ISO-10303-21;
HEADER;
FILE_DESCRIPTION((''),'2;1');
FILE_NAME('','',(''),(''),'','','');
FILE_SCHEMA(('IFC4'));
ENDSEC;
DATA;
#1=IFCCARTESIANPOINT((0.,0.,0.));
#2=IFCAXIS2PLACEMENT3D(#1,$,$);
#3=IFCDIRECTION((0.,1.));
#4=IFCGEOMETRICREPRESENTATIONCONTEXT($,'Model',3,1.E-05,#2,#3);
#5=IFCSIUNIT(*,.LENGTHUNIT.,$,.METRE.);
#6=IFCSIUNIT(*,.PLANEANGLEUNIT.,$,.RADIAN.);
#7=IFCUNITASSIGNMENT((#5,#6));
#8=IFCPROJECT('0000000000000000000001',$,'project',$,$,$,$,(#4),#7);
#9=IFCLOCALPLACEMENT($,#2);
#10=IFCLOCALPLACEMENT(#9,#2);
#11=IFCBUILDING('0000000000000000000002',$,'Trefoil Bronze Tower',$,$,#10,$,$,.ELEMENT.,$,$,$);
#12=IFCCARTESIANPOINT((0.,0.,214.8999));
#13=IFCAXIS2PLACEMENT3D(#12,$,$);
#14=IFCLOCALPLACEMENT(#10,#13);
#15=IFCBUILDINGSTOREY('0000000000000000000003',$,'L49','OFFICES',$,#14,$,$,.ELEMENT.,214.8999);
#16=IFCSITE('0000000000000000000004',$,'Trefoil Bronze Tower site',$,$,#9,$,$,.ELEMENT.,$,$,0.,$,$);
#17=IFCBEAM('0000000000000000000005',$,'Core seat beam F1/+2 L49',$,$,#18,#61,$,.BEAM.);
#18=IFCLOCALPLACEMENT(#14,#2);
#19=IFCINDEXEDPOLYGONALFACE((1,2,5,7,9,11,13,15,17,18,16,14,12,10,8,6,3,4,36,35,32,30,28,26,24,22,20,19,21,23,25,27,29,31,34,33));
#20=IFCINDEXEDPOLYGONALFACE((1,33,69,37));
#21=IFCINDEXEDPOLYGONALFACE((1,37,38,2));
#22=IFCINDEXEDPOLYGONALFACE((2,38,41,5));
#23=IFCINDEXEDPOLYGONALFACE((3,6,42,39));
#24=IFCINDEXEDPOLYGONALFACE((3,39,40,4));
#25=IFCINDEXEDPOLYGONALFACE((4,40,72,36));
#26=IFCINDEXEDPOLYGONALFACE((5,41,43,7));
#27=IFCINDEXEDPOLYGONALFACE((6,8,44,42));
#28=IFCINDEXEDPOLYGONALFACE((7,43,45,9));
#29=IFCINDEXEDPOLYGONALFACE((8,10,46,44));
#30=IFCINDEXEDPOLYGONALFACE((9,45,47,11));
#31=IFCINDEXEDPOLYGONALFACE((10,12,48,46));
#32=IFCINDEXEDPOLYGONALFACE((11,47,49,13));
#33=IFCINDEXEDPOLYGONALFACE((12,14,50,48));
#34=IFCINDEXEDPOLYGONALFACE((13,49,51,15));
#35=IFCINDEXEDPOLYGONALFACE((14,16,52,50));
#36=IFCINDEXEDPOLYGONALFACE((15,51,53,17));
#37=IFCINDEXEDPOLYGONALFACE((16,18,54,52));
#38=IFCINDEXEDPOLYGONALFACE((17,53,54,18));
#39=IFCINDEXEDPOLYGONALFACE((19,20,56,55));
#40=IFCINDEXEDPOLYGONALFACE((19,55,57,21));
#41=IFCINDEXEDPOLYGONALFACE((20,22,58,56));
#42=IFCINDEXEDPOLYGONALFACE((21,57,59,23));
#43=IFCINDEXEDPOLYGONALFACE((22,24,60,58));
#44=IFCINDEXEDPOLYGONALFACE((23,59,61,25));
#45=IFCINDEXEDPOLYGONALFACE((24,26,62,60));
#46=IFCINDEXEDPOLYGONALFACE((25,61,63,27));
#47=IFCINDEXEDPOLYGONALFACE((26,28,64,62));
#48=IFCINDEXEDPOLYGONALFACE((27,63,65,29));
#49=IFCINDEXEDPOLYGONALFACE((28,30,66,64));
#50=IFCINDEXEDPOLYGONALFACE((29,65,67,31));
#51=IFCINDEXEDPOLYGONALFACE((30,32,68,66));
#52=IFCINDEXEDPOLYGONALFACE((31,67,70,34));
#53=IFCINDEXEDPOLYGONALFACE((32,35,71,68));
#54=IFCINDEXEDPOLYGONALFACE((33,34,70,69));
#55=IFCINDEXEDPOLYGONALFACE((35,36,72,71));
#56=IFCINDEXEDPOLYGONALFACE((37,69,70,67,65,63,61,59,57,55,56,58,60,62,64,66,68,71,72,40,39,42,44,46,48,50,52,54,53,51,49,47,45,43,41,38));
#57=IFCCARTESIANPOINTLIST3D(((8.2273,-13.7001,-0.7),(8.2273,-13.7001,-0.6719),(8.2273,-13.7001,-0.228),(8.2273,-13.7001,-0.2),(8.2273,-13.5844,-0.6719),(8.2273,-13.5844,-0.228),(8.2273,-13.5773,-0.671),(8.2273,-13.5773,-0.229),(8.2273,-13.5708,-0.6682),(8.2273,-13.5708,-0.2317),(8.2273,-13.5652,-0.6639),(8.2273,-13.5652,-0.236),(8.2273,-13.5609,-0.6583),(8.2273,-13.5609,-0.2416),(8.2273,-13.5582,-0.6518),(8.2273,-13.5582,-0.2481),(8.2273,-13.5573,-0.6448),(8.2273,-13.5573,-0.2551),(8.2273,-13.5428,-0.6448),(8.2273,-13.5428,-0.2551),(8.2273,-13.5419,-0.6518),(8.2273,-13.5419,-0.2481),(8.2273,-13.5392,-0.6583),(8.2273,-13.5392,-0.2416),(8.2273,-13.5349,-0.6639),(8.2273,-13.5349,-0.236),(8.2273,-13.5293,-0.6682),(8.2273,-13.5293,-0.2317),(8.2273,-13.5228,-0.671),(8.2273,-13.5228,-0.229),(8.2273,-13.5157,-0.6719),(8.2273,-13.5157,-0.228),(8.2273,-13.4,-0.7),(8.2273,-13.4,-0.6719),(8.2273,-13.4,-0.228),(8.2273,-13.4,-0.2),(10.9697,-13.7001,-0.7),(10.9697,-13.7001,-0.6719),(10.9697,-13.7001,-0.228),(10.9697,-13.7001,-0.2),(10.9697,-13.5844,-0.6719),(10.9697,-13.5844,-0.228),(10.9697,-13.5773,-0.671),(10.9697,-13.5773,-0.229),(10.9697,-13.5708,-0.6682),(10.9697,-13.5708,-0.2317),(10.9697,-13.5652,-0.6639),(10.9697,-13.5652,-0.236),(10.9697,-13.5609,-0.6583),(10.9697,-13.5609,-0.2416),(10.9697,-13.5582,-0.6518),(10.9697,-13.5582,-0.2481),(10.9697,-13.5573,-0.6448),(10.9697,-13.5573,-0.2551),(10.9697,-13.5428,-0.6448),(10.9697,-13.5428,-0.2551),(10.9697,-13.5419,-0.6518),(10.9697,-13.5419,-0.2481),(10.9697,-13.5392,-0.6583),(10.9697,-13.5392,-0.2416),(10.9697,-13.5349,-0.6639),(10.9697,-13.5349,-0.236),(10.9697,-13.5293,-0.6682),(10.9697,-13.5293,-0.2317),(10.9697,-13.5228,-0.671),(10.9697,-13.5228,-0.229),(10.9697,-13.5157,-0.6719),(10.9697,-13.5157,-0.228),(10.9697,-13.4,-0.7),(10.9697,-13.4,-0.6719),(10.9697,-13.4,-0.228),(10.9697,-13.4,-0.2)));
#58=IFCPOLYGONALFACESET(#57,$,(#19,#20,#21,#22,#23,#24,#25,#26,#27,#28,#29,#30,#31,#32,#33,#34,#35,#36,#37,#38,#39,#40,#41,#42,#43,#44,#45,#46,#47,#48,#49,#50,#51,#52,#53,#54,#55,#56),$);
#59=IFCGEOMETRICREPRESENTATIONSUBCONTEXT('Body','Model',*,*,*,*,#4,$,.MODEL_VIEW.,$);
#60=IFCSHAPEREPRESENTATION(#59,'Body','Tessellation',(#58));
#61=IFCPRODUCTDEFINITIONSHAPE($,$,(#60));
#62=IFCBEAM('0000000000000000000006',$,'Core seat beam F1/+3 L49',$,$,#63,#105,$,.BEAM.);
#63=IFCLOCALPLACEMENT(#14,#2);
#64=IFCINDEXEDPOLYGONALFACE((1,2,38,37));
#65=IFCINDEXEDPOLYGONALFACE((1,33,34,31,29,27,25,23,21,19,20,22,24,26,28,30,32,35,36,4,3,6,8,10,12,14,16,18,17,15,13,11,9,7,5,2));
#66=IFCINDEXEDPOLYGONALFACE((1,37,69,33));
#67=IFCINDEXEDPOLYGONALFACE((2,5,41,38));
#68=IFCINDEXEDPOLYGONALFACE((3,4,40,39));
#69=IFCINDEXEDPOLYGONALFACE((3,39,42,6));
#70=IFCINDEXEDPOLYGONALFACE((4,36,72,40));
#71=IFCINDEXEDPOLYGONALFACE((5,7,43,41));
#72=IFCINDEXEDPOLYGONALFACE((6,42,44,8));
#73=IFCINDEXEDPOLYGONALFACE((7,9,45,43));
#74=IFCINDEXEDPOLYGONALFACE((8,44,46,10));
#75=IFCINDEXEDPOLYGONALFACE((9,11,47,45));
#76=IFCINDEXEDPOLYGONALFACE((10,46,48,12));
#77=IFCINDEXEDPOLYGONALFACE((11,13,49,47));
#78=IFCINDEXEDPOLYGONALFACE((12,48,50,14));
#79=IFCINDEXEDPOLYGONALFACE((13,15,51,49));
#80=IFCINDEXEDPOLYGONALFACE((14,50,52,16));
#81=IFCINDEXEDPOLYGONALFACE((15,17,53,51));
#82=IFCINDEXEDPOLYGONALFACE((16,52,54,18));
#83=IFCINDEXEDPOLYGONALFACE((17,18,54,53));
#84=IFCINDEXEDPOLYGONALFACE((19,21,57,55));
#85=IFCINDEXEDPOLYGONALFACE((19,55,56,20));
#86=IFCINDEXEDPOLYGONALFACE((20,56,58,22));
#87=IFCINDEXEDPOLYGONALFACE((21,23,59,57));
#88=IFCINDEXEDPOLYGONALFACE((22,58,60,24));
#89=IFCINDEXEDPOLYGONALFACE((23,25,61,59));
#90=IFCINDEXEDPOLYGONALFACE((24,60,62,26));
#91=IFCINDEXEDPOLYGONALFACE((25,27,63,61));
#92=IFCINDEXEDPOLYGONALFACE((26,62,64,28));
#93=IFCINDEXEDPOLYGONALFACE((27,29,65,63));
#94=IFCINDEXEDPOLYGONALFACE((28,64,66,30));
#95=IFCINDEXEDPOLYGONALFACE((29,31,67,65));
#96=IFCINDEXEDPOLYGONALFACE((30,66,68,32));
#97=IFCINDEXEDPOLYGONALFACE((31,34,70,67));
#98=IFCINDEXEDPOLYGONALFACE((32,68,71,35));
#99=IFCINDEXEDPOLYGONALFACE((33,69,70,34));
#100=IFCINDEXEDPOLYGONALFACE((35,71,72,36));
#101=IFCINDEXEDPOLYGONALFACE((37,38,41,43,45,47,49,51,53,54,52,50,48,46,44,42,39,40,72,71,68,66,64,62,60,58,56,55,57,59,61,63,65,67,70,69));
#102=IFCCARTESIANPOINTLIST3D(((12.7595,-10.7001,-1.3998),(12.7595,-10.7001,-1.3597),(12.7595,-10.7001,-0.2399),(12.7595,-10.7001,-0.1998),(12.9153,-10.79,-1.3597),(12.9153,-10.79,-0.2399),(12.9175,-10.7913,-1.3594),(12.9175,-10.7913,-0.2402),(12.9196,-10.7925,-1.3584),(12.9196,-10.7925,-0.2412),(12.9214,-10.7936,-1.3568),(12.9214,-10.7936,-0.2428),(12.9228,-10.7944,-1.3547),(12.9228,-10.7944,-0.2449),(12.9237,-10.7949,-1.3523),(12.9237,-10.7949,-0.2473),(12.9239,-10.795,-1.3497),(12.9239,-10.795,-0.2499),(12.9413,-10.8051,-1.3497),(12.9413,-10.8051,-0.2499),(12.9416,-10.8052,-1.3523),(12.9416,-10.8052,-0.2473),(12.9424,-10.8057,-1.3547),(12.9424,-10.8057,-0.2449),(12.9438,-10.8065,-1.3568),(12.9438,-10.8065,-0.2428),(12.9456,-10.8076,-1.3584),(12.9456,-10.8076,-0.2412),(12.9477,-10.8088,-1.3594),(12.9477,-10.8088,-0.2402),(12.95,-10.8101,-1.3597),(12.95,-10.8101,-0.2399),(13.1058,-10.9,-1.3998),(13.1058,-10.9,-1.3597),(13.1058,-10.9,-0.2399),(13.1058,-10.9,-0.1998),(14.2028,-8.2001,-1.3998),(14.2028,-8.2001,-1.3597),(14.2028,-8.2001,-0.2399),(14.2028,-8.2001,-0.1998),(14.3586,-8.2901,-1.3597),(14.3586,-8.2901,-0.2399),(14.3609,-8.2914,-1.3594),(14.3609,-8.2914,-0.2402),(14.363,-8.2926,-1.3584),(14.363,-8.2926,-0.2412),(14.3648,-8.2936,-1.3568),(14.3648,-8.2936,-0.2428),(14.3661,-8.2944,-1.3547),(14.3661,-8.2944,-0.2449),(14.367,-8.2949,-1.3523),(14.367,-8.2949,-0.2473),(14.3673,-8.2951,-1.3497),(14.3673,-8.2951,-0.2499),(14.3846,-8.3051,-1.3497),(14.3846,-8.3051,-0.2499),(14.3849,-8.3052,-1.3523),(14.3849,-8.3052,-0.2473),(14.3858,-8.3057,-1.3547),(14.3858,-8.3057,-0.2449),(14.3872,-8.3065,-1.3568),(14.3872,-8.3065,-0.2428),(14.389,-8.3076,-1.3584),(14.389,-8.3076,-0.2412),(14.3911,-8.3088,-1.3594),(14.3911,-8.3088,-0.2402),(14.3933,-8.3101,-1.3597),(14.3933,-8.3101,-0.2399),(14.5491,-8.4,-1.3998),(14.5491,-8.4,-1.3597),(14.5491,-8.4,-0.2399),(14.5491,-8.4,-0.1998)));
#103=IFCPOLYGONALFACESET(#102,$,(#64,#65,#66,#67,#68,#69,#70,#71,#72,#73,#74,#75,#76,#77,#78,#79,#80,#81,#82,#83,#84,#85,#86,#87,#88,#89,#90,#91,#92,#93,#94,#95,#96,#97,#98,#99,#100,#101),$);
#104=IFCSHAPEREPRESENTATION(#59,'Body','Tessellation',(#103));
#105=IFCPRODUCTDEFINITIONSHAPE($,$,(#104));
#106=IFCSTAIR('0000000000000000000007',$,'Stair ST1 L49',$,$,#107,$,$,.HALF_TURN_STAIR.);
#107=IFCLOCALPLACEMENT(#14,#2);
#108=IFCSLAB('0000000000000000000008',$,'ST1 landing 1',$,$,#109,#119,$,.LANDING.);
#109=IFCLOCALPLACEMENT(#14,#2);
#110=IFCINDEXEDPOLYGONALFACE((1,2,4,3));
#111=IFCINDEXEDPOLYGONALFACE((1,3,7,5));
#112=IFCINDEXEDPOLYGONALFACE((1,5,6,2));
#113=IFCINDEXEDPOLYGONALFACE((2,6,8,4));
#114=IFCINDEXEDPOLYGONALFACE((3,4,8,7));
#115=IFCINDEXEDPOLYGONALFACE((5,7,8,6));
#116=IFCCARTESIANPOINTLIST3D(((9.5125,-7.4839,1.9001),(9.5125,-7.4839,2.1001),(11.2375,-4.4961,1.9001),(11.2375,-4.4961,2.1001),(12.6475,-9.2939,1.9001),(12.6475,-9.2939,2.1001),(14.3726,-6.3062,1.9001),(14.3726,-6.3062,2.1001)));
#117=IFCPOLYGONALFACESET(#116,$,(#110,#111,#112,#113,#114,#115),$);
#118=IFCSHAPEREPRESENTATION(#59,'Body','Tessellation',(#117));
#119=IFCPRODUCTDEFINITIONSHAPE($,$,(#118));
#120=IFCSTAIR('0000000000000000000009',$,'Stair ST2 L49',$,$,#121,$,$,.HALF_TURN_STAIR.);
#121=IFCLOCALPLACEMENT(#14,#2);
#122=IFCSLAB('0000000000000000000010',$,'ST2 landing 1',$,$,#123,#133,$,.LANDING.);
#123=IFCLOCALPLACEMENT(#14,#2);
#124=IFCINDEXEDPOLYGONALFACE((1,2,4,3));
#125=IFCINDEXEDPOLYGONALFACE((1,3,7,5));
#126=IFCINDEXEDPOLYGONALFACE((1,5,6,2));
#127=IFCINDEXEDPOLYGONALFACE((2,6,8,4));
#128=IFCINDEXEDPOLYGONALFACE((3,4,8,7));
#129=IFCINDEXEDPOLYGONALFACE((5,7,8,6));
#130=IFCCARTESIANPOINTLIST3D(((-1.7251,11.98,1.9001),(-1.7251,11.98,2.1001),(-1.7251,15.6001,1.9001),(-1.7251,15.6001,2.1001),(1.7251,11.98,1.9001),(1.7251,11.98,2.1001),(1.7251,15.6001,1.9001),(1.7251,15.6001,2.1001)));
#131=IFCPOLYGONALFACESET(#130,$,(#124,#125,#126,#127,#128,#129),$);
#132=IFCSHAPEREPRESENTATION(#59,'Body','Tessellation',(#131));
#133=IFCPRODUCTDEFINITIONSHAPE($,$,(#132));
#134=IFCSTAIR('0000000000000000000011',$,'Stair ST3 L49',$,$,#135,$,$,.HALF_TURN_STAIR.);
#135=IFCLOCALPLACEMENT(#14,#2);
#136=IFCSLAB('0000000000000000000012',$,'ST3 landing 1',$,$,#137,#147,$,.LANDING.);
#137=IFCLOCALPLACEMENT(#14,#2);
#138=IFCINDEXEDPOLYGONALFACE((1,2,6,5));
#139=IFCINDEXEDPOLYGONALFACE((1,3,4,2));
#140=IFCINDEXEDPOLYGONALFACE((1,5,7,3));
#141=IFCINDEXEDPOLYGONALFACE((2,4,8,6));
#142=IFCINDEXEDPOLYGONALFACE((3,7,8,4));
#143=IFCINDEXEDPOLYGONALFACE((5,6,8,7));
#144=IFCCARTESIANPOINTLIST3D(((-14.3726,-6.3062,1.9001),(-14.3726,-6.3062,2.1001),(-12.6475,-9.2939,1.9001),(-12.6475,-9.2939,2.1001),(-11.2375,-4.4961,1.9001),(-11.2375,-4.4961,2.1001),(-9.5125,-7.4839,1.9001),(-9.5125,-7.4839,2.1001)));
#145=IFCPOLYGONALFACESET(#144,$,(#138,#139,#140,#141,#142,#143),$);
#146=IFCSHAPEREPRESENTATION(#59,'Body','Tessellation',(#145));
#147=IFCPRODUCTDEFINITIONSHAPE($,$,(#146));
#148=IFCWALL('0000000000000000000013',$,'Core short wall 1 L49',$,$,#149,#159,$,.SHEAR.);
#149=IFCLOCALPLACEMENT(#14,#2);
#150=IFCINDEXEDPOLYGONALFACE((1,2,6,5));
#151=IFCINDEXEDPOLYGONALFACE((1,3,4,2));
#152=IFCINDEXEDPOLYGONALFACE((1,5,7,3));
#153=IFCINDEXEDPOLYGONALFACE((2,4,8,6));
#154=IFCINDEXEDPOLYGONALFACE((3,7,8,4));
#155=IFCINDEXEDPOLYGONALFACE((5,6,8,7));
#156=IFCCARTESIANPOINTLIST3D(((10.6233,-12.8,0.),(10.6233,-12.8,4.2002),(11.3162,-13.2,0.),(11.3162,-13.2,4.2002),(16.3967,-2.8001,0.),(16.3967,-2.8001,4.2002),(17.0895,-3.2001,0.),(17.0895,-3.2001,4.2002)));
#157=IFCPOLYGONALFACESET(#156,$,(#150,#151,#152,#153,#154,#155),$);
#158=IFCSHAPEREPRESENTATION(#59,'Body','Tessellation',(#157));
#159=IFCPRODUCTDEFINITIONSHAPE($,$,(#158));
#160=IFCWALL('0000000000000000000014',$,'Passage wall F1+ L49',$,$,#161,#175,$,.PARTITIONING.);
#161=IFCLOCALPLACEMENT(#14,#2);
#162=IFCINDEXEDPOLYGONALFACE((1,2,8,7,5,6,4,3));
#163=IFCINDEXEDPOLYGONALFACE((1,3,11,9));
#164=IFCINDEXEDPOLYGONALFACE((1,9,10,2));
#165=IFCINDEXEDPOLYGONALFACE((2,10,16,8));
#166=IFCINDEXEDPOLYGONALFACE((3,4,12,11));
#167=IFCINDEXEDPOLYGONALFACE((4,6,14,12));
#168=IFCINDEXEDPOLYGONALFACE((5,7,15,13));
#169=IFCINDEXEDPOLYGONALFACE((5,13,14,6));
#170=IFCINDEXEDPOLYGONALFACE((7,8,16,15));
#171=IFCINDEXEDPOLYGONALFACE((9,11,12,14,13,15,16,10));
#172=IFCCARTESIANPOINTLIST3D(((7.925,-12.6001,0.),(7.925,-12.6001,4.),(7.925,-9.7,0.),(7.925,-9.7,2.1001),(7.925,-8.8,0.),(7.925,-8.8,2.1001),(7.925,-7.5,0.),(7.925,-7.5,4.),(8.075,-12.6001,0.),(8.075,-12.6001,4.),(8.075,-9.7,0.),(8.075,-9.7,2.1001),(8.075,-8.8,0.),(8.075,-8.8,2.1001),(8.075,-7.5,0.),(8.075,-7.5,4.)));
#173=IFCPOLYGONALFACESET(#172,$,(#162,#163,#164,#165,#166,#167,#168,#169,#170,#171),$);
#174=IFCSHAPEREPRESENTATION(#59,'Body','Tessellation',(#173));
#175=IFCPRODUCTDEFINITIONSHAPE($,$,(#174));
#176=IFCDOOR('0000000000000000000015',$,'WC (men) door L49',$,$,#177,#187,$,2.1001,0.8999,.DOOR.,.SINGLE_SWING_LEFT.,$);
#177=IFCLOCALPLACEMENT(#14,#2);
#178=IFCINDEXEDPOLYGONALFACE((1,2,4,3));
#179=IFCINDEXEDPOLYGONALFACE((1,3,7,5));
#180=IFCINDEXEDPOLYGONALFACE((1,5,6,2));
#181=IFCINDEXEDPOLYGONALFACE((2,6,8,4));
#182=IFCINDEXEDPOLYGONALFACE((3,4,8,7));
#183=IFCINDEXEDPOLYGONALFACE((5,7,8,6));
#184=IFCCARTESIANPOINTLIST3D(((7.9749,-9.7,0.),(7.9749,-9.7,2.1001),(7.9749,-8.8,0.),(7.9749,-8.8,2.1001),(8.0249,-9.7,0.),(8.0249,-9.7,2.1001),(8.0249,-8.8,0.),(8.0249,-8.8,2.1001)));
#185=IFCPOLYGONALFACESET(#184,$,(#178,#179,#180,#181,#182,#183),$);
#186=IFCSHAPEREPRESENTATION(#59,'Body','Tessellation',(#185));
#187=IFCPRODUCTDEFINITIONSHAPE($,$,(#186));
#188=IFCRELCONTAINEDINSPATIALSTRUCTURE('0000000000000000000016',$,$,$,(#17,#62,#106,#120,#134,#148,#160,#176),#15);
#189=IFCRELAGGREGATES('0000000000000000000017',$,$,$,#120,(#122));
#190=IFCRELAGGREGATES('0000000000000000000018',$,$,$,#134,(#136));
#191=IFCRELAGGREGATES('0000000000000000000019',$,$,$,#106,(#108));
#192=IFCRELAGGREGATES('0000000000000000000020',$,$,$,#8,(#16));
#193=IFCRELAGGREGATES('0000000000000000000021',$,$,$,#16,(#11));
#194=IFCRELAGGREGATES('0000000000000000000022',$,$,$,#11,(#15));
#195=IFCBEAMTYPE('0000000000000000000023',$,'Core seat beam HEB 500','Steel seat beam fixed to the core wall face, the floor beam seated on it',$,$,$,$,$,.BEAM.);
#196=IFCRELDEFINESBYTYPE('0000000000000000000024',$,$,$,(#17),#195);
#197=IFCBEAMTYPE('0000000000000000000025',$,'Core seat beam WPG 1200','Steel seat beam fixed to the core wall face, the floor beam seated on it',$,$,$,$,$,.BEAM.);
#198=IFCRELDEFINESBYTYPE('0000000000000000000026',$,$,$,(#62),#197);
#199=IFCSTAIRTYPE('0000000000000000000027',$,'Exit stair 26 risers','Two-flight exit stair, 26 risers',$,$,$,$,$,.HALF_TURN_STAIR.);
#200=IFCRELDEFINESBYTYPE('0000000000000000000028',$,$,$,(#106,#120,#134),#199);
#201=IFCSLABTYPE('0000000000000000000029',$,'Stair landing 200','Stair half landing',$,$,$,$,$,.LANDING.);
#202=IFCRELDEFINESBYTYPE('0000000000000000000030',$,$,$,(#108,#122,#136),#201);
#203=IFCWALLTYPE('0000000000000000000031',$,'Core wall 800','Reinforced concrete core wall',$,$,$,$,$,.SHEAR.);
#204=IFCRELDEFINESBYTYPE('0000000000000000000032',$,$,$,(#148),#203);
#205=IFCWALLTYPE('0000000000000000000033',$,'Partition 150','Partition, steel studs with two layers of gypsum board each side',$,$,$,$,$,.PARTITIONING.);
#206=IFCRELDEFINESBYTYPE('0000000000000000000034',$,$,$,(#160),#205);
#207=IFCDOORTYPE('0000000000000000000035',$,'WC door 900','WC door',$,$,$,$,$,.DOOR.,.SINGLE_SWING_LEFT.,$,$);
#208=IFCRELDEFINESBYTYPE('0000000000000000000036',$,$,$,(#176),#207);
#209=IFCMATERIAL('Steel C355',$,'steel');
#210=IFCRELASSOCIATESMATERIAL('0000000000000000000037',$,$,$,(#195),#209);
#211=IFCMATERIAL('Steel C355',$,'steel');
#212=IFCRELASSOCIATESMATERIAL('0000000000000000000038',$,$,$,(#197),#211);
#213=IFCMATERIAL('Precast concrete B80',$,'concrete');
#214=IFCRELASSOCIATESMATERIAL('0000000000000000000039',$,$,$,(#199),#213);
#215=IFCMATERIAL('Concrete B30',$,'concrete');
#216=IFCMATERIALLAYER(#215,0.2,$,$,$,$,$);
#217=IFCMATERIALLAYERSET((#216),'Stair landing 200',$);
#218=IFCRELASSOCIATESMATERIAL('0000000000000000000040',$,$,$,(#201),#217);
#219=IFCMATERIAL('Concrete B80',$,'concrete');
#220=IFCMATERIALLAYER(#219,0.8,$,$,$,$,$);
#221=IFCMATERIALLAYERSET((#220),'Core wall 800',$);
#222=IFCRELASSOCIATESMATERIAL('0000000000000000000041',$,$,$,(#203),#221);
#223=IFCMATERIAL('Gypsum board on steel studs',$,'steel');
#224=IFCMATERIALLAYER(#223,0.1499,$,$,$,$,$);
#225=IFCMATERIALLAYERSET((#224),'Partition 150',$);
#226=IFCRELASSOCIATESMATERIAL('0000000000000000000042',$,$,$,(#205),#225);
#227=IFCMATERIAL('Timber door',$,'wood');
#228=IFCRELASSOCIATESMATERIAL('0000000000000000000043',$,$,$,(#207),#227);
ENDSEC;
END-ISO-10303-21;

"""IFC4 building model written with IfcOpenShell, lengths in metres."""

from ifc_helpers import new_model, si_unit, direction, frame, frame_2d, origin, origin_2d, place, context, subcontext, project, spatial, polyline, rectangle, i_section, outline, extrude, material, layer, layer_set, material_profile, profile_set, type_object, element, fill, aggregate, save


model = new_model("IFC4")

# Units and contexts
model_context = context("Model", 3, precision=1e-05, world=origin(), true_north=direction((0.0, 1.0)))
body_context = subcontext(model_context, "Body", "Model", "MODEL_VIEW")
ifc_project = project(units=[si_unit("LENGTHUNIT", "METRE"), si_unit("PLANEANGLEUNIT", "RADIAN")], contexts=[model_context])

# Site, building, storey
site_placement = place(None, origin())
site = spatial("IfcSite", under=ifc_project, at=site_placement, Name="Trefoil Bronze Tower site", CompositionType="ELEMENT", RefElevation=0.0)
building_placement = place(site_placement, origin())
building = spatial("IfcBuilding", under=site, at=building_placement, Name="Trefoil Bronze Tower", CompositionType="ELEMENT")
storey_placement = place(building_placement, frame((0.0, 0.0, 214.8999)))
storey = spatial("IfcBuildingStorey", under=building, at=storey_placement, Name="L49", Description="OFFICES", CompositionType="ELEMENT", Elevation=214.8999)

# Beams
ifc_material_1 = material(Name="Steel C355", Category="steel")
ifc_material_profile_1 = material_profile(ifc_material_1, i_section(OverallWidth=0.3, OverallDepth=0.5, WebThickness=0.0144, FlangeThickness=0.0281, FilletRadius=0.0271, at=origin_2d()), Name="HEB 500")
ifc_profile_set_1 = profile_set([ifc_material_profile_1], Name="Steel C355")
beam_type_1 = type_object("IfcBeamType", Name="Core seat beam HEB 500", Description="Steel seat beam fixed to the core wall face, the floor beam seated on it", PredefinedType="BEAM", material=ifc_profile_set_1)
beam_1_placement = place(storey_placement, frame((8.2273, -13.55, -0.45), z_axis=(1.0, 0.0, 0.0), x_axis=(0.0, 1.0, 0.0)))
element("IfcBeam", 1, at=beam_1_placement, inside=storey, type_object=beam_type_1, Name="Core seat beam F1/+2 L49", PredefinedType="BEAM", context=body_context, shape_type="SweptSolid", body=[
    extrude(i_section(OverallWidth=0.3, OverallDepth=0.5, WebThickness=0.0144, FlangeThickness=0.0281, FilletRadius=0.0271, at=origin_2d()), origin(), (0.0, 0.0, 1.0), 2.7424),
])
ifc_material_2 = material(Name="Steel C355", Category="steel")
ifc_material_profile_2 = material_profile(ifc_material_2, i_section(OverallWidth=0.3999, OverallDepth=1.2, WebThickness=0.02, FlangeThickness=0.04, FilletRadius=0.01, at=origin_2d()), Name="WPG 1200")
ifc_profile_set_2 = profile_set([ifc_material_profile_2], Name="Steel C355")
beam_type_2 = type_object("IfcBeamType", Name="Core seat beam WPG 1200", Description="Steel seat beam fixed to the core wall face, the floor beam seated on it", PredefinedType="BEAM", material=ifc_profile_set_2)
beam_2_placement = place(storey_placement, frame((12.9326, -10.8, -0.7998), z_axis=(0.499996, 0.866028, 0.0), x_axis=(-0.866028, 0.499996, 0.0)))
element("IfcBeam", 2, at=beam_2_placement, inside=storey, type_object=beam_type_2, Name="Core seat beam F1/+3 L49", PredefinedType="BEAM", context=body_context, shape_type="SweptSolid", body=[
    extrude(i_section(OverallWidth=0.3999, OverallDepth=1.2, WebThickness=0.02, FlangeThickness=0.04, FilletRadius=0.01, at=origin_2d()), origin(), (0.0, 0.0, 1.0), 2.8867),
])

# Stairs, slabs
ifc_material_3 = material(Name="Precast concrete B80", Category="concrete")
stair_type = type_object("IfcStairType", Name="Exit stair 26 risers", Description="Two-flight exit stair, 26 risers", PredefinedType="HALF_TURN_STAIR", material=ifc_material_3)
stair_1_placement = place(storey_placement, origin())
stair_1 = element("IfcStair", 3, at=stair_1_placement, inside=storey, type_object=stair_type, Name="Stair ST1 L49", PredefinedType="HALF_TURN_STAIR")
ifc_material_4 = material(Name="Concrete B30", Category="concrete")
ifc_layer_1 = layer(ifc_material_4, 0.2)
ifc_layer_set_1 = layer_set([ifc_layer_1], Name="Stair landing 200")
slab_type = type_object("IfcSlabType", Name="Stair landing 200", Description="Stair half landing", PredefinedType="LANDING", material=ifc_layer_set_1)
slab_1_placement = place(storey_placement, frame((0.0, 0.0, 1.9001)))
slab_1 = element("IfcSlab", 4, at=slab_1_placement, type_object=slab_type, Name="ST1 landing 1", PredefinedType="LANDING", context=body_context, shape_type="SweptSolid", body=[
    extrude(outline(polyline([(9.5125, -7.4839), (12.6475, -9.2939), (14.3726, -6.3062), (11.2375, -4.4961), (9.5125, -7.4839)])), origin(), (0.0, 0.0, 1.0), 0.2),
])
stair_2_placement = place(storey_placement, origin())
stair_2 = element("IfcStair", 5, at=stair_2_placement, inside=storey, type_object=stair_type, Name="Stair ST2 L49", PredefinedType="HALF_TURN_STAIR")
slab_2_placement = place(storey_placement, frame((0.0, 0.0, 1.9001)))
slab_2 = element("IfcSlab", 6, at=slab_2_placement, type_object=slab_type, Name="ST2 landing 1", PredefinedType="LANDING", context=body_context, shape_type="SweptSolid", body=[
    extrude(outline(polyline([(1.7251, 11.98), (1.7251, 15.6001), (-1.7251, 15.6001), (-1.7251, 11.98), (1.7251, 11.98)])), origin(), (0.0, 0.0, 1.0), 0.2),
])
aggregate(stair_2, [slab_2])
stair_3_placement = place(storey_placement, origin())
stair_3 = element("IfcStair", 7, at=stair_3_placement, inside=storey, type_object=stair_type, Name="Stair ST3 L49", PredefinedType="HALF_TURN_STAIR")
slab_3_placement = place(storey_placement, frame((0.0, 0.0, 1.9001)))
slab_3 = element("IfcSlab", 8, at=slab_3_placement, type_object=slab_type, Name="ST3 landing 1", PredefinedType="LANDING", context=body_context, shape_type="SweptSolid", body=[
    extrude(outline(polyline([(-11.2375, -4.4961), (-14.3726, -6.3062), (-12.6475, -9.2939), (-9.5125, -7.4839), (-11.2375, -4.4961)])), origin(), (0.0, 0.0, 1.0), 0.2),
])
aggregate(stair_3, [slab_3])

# Wall
ifc_material_5 = material(Name="Concrete B80", Category="concrete")
ifc_layer_2 = layer(ifc_material_5, 0.8)
ifc_layer_set_2 = layer_set([ifc_layer_2], Name="Core wall 800")
wall_type_1 = type_object("IfcWallType", Name="Core wall 800", Description="Reinforced concrete core wall", PredefinedType="SHEAR", material=ifc_layer_set_2)
wall_1_placement = place(storey_placement, frame((10.9697, -13.0, 0.0), z_axis=(0.0, 0.0, 1.0), x_axis=(0.499996, 0.866028, 0.0)))
element("IfcWall", 9, at=wall_1_placement, inside=storey, type_object=wall_type_1, Name="Core short wall 1 L49", PredefinedType="SHEAR", context=body_context, shape_type="SweptSolid", body=[
    extrude(rectangle(XDim=11.5469, YDim=0.8, at=frame_2d((5.7734, 0.0))), origin(), (0.0, 0.0, 1.0), 4.2002),
])

# Wall, opening, door
ifc_material_6 = material(Name="Gypsum board on steel studs", Category="steel")
ifc_layer_3 = layer(ifc_material_6, 0.1499)
ifc_layer_set_3 = layer_set([ifc_layer_3], Name="Partition 150")
wall_type_2 = type_object("IfcWallType", Name="Partition 150", Description="Partition, steel studs with two layers of gypsum board each side", PredefinedType="PARTITIONING", material=ifc_layer_set_3)
wall_2_placement = place(storey_placement, frame((8.0, -7.5, 0.0), z_axis=(0.0, 0.0, 1.0), x_axis=(0.0, -1.0, 0.0)))
wall_2 = element("IfcWall", 10, at=wall_2_placement, inside=storey, type_object=wall_type_2, Name="Passage wall F1+ L49", PredefinedType="PARTITIONING", context=body_context, shape_type="SweptSolid", body=[
    extrude(rectangle(XDim=5.1001, YDim=0.1499, at=frame_2d((2.55, 0.0))), origin(), (0.0, 0.0, 1.0), 4.0),
])
opening_1_placement = place(wall_2_placement, frame((1.3, 0.0, 0.0)))
opening_1 = element("IfcOpeningElement", 11, at=opening_1_placement, cuts=wall_2, PredefinedType="OPENING", context=body_context, shape_type="SweptSolid", body=[
    extrude(rectangle(XDim=0.8999, YDim=2.1001, at=frame_2d((0.45, 1.05))), frame((0.0, 0.085, 0.0), z_axis=(0.0, -1.0, 0.0), x_axis=(1.0, 0.0, 0.0)), (0.0, 0.0, 1.0), 0.1699),
])
ifc_material_7 = material(Name="Timber door", Category="wood")
door_type_1 = type_object("IfcDoorType", Name="WC door 900", Description="WC door", OperationType="SINGLE_SWING_LEFT", PredefinedType="DOOR", material=ifc_material_7)
door_1_placement = place(opening_1_placement, origin())
door_1 = element("IfcDoor", 12, at=door_1_placement, inside=storey, type_object=door_type_1, Name="WC (men) door L49", OperationType="SINGLE_SWING_LEFT", OverallHeight=2.1001, OverallWidth=0.8999, PredefinedType="DOOR", context=body_context, shape_type="SweptSolid", body=[
    extrude(rectangle(XDim=0.8999, YDim=2.1001, at=frame_2d((0.45, 1.05))), frame((0.0, 0.0249, 0.0), z_axis=(0.0, -1.0, 0.0), x_axis=(1.0, 0.0, 0.0)), (0.0, 0.0, 1.0), 0.05),
])
fill(opening_1, door_1)

aggregate(stair_1, [slab_1])

save(model, "model.ifc")
